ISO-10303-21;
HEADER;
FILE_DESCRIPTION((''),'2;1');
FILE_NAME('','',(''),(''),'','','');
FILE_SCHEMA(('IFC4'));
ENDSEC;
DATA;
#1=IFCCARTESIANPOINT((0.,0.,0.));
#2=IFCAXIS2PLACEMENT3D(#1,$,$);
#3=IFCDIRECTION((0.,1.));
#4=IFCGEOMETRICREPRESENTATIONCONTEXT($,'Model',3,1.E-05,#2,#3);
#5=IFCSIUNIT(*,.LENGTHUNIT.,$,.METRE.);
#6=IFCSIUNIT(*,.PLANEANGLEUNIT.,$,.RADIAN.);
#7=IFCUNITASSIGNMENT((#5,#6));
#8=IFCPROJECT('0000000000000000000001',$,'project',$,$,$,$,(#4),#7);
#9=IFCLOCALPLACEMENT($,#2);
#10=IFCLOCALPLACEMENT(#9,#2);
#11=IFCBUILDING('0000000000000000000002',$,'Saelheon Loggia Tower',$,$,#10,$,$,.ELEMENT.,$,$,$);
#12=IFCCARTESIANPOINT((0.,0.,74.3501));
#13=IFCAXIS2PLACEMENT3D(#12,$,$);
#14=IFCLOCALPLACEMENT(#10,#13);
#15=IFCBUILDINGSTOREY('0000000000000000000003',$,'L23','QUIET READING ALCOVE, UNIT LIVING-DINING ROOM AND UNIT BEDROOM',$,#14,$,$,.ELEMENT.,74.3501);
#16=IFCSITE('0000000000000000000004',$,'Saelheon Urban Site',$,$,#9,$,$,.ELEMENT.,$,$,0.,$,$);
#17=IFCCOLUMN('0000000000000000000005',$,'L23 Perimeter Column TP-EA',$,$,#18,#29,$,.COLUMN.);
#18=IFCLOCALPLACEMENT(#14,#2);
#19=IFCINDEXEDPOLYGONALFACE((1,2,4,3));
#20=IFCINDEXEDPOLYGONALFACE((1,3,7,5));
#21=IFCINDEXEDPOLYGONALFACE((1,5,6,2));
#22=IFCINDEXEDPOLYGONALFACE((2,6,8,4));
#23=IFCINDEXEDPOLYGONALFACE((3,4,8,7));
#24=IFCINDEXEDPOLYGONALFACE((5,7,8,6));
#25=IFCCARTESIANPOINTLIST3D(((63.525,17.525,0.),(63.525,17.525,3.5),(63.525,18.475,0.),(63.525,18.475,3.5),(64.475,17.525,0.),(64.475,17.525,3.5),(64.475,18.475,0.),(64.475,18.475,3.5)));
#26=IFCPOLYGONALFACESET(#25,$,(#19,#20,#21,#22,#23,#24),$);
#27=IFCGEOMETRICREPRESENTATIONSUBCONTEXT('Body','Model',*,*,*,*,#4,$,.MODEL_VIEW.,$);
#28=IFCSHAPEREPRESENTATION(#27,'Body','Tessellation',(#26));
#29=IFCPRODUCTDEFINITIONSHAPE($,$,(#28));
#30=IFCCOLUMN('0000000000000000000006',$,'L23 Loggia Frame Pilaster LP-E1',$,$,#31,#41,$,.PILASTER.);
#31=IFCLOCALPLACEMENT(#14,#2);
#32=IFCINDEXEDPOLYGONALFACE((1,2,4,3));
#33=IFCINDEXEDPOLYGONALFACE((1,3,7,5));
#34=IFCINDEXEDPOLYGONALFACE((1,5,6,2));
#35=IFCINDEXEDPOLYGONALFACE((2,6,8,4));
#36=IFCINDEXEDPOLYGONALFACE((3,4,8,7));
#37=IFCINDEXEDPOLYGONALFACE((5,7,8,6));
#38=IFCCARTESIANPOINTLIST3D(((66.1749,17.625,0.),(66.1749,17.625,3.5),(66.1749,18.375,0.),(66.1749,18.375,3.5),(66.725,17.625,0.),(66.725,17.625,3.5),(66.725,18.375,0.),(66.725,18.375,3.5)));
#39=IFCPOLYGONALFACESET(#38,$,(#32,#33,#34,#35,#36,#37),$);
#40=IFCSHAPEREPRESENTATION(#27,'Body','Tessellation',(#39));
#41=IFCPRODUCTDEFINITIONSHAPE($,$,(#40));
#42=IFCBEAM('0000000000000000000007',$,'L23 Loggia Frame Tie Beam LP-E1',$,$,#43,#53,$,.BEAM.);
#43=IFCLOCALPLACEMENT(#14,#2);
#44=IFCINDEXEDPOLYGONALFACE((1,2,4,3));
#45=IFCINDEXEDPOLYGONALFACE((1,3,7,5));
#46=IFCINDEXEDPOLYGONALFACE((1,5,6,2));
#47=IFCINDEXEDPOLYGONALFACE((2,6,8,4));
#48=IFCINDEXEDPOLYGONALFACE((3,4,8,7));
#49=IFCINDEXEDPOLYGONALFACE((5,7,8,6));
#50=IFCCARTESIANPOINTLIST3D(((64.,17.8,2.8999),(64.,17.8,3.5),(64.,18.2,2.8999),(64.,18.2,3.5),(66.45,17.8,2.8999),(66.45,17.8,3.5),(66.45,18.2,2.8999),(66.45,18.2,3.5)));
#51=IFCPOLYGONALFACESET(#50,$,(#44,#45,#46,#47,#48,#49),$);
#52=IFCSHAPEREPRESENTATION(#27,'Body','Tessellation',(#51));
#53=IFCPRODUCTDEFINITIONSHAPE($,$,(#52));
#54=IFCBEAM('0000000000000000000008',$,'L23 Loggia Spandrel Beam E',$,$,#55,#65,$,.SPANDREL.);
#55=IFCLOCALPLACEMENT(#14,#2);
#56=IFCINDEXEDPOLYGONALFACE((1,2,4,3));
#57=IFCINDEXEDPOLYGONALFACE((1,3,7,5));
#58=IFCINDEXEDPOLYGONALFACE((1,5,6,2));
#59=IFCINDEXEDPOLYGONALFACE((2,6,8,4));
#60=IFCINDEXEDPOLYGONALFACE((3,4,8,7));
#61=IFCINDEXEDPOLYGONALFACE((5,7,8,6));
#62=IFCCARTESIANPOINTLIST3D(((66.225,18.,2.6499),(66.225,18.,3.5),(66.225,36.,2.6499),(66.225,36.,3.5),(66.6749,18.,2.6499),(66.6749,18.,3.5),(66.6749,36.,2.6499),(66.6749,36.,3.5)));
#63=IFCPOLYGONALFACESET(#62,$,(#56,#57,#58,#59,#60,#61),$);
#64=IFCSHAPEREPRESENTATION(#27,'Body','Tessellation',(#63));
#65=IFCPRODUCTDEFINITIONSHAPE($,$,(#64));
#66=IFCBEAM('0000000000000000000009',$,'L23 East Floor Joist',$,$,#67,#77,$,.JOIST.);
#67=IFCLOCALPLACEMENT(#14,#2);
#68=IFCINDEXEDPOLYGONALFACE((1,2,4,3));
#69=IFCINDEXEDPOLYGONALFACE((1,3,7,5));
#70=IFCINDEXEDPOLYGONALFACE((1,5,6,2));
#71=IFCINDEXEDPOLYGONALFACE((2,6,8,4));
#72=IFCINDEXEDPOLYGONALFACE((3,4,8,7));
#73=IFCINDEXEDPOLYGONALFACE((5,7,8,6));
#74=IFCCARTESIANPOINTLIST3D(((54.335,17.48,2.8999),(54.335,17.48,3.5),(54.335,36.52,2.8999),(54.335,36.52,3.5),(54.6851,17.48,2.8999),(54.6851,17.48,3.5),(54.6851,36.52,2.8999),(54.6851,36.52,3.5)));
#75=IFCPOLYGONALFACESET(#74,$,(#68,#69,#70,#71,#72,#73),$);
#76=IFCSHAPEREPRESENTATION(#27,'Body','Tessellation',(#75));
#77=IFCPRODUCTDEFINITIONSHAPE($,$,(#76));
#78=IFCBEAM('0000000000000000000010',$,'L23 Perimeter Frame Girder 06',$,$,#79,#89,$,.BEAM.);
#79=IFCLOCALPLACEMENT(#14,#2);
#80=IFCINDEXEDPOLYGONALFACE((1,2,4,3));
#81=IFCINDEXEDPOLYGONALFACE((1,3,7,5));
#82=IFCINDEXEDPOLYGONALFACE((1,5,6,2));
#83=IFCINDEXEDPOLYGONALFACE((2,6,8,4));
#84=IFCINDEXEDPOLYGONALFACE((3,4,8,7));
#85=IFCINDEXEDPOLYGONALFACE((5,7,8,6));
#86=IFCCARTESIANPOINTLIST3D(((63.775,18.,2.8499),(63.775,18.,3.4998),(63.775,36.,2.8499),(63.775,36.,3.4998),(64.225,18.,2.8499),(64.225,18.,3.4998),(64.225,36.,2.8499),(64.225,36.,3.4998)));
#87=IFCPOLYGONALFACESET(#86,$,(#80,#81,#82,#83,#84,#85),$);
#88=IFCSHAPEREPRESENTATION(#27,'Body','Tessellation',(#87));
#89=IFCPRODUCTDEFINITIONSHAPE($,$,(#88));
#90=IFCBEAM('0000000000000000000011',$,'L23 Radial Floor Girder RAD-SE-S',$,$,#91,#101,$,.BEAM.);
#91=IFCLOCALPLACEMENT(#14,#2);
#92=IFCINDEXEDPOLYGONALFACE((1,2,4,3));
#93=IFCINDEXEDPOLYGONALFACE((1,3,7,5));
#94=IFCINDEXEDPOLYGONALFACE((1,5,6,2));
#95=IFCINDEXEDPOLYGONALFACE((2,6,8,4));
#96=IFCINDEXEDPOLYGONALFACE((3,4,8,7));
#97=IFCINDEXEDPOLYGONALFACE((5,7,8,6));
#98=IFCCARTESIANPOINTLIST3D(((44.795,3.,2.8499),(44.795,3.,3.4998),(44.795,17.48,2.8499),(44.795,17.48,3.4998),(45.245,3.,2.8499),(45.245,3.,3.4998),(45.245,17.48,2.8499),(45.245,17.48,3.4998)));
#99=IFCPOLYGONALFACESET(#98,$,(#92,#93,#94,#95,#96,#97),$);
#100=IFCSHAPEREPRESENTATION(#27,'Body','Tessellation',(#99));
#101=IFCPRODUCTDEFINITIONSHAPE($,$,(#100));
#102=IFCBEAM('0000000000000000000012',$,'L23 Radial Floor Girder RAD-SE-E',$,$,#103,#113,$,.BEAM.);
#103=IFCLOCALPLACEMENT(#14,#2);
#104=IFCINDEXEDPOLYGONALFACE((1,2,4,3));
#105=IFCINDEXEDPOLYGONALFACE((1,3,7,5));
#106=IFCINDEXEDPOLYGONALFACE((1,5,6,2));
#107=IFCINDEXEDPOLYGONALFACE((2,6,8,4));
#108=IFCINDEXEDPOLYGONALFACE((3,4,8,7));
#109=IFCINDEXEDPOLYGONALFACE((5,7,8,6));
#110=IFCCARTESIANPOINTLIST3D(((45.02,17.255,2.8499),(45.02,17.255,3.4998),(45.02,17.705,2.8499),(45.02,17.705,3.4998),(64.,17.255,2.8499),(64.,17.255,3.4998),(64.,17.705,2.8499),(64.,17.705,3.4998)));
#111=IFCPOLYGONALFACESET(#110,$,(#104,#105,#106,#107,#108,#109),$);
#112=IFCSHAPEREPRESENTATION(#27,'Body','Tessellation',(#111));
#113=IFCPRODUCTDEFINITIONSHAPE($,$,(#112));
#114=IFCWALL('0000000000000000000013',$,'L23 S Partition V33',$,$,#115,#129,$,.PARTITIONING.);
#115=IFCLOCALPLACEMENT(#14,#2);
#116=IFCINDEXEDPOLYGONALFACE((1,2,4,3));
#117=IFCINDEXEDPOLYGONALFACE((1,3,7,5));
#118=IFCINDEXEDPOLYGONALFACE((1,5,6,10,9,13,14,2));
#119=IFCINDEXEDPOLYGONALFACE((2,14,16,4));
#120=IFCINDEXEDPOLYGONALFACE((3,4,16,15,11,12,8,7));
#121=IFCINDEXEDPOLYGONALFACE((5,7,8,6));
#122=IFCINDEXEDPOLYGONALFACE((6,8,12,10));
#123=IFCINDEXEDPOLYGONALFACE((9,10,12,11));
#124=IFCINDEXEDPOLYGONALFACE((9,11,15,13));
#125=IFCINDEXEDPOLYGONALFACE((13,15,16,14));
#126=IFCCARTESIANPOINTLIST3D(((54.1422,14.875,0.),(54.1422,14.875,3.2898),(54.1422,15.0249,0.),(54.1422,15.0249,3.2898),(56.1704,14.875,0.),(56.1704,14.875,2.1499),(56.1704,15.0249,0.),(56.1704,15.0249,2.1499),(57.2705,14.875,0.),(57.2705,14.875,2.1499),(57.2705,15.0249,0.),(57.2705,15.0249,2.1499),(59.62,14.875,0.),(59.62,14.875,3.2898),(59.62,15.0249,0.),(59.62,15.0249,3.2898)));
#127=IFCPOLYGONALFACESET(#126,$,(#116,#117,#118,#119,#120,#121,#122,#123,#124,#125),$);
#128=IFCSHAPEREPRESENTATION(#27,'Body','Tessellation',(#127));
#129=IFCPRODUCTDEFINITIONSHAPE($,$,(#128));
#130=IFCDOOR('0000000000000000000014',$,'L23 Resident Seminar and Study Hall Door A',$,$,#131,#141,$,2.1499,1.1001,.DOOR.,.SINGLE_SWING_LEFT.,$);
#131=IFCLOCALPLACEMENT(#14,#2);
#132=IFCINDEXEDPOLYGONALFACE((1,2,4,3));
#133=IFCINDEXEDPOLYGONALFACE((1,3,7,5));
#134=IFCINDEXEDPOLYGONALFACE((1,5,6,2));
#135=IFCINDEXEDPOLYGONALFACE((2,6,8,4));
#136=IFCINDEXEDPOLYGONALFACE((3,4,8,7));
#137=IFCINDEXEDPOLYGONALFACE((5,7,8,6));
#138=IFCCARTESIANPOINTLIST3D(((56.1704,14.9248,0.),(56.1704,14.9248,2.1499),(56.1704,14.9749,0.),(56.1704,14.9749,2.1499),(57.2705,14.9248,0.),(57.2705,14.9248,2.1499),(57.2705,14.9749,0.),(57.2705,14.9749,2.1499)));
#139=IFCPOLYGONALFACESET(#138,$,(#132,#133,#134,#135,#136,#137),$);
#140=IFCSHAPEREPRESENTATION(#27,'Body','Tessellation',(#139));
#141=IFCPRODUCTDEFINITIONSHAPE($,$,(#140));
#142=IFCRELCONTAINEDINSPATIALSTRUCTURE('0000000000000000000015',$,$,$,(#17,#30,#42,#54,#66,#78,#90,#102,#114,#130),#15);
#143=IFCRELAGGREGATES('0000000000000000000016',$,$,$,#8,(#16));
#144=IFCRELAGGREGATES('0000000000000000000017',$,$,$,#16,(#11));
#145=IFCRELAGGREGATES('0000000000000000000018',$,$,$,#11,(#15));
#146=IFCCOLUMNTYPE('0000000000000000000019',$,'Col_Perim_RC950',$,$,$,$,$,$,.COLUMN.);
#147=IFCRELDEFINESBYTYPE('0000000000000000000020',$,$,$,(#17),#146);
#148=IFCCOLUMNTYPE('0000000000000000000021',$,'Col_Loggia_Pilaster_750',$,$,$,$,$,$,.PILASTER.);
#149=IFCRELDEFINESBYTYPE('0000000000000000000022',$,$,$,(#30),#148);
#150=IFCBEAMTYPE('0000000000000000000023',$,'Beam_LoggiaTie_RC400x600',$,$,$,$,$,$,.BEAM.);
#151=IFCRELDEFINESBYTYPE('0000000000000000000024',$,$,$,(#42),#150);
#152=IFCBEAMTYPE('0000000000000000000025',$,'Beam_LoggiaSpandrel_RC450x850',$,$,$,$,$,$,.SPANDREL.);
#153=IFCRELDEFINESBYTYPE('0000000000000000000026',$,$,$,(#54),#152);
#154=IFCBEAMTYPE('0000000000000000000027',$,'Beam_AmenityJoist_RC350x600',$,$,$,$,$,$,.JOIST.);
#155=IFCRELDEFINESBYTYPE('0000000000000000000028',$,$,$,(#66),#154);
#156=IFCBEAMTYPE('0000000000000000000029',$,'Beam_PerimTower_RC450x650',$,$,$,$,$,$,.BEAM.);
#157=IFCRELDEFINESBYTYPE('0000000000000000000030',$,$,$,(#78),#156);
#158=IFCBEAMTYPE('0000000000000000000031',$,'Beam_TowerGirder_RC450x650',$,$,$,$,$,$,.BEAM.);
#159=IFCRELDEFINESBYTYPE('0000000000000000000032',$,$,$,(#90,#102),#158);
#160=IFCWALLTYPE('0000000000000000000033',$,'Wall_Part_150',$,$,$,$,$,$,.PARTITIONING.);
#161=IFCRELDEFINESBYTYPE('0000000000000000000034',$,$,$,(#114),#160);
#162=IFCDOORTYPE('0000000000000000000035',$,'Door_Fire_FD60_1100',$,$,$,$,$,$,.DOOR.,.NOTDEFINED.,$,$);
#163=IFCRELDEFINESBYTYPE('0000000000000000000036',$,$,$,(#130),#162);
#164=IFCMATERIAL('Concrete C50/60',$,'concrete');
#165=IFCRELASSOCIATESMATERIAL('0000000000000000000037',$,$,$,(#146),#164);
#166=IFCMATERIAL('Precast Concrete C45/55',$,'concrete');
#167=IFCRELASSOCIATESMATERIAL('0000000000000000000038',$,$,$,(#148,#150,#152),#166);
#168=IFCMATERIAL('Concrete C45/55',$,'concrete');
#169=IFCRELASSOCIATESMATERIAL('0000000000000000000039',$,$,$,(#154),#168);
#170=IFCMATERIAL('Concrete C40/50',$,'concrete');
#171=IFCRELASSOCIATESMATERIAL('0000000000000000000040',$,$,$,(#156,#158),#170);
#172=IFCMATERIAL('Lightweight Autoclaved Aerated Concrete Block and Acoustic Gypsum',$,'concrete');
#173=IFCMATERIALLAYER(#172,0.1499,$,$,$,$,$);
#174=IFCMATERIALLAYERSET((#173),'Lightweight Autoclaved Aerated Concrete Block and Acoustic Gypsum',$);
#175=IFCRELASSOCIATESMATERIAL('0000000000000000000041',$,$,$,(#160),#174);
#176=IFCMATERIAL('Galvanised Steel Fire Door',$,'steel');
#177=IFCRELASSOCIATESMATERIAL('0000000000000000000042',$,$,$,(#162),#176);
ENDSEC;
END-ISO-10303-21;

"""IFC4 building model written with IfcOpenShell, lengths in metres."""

from ifc_helpers import new_model, si_unit, direction, frame, frame_2d, origin, origin_2d, place, context, subcontext, project, spatial, rectangle, extrude, source, transform, mapped, material, layer, layer_set, material_profile, profile_set, type_object, element, fill, save


model = new_model("IFC4")

# Units and contexts
model_context = context("Model", 3, precision=1e-05, world=origin(), true_north=direction((0.0, 1.0)))
body_context = subcontext(model_context, "Body", "Model", "MODEL_VIEW")
ifc_project = project(units=[si_unit("LENGTHUNIT", "METRE"), si_unit("PLANEANGLEUNIT", "RADIAN")], contexts=[model_context])

# Site, building, storey
site_placement = place(None, origin())
site = spatial("IfcSite", under=ifc_project, at=site_placement, Name="Saelheon Urban Site", CompositionType="ELEMENT", RefElevation=0.0)
building_placement = place(site_placement, origin())
building = spatial("IfcBuilding", under=site, at=building_placement, Name="Saelheon Loggia Tower", CompositionType="ELEMENT")
storey_placement = place(building_placement, frame((0.0, 0.0, 74.3501)))
storey = spatial("IfcBuildingStorey", under=building, at=storey_placement, Name="L23", Description="QUIET READING ALCOVE, UNIT LIVING-DINING ROOM AND UNIT BEDROOM", CompositionType="ELEMENT", Elevation=74.3501)

# Columns
ifc_material_1 = material(Name="Concrete C50/60", Category="concrete")
ifc_material_profile_1 = material_profile(ifc_material_1, rectangle(XDim=0.95, YDim=0.95, at=origin_2d()), Name="RC-950x950")
ifc_profile_set_1 = profile_set([ifc_material_profile_1], Name="Concrete C50/60")
column_type_1 = type_object("IfcColumnType", Name="Col_Perim_RC950", PredefinedType="COLUMN", material=ifc_profile_set_1)
shared_shape_1 = source(origin(), body_context, "Body", "SweptSolid", [
    extrude(rectangle(XDim=0.95, YDim=0.95, at=origin_2d()), origin(), (0.0, 0.0, 1.0), 3.5),
])
column_1_placement = place(storey_placement, frame((64.0, 18.0, 0.0), z_axis=(0.0, 0.0, 1.0), x_axis=(1.0, 0.0, 0.0)))
element("IfcColumn", 1, at=column_1_placement, inside=storey, type_object=column_type_1, Name="L23 Perimeter Column TP-EA", PredefinedType="COLUMN", context=body_context, shape_type="MappedRepresentation", body=[
    mapped(shared_shape_1, transform((0.0, 0.0, 0.0), scale=1.0)),
])
ifc_material_2 = material(Name="Precast Concrete C45/55", Category="concrete")
ifc_material_profile_2 = material_profile(ifc_material_2, rectangle(XDim=0.55, YDim=0.75, at=origin_2d()), Name="RC-550x750")
ifc_profile_set_2 = profile_set([ifc_material_profile_2], Name="Precast Concrete C45/55")
column_type_2 = type_object("IfcColumnType", Name="Col_Loggia_Pilaster_750", PredefinedType="PILASTER", material=ifc_profile_set_2)
shared_shape_2 = source(origin(), body_context, "Body", "SweptSolid", [
    extrude(rectangle(XDim=0.55, YDim=0.75, at=origin_2d()), origin(), (0.0, 0.0, 1.0), 3.5),
])
column_2_placement = place(storey_placement, frame((66.45, 18.0, 0.0), z_axis=(0.0, 0.0, 1.0), x_axis=(1.0, 0.0, 0.0)))
element("IfcColumn", 2, at=column_2_placement, inside=storey, type_object=column_type_2, Name="L23 Loggia Frame Pilaster LP-E1", PredefinedType="PILASTER", context=body_context, shape_type="MappedRepresentation", body=[
    mapped(shared_shape_2, transform((0.0, 0.0, 0.0), scale=1.0)),
])

# Beams
ifc_material_profile_3 = material_profile(ifc_material_2, rectangle(XDim=0.3999, YDim=0.6001, at=origin_2d()), Name="RC-400x600")
ifc_profile_set_3 = profile_set([ifc_material_profile_3], Name="Precast Concrete C45/55")
beam_type_1 = type_object("IfcBeamType", Name="Beam_LoggiaTie_RC400x600", PredefinedType="BEAM", material=ifc_profile_set_3)
shared_shape_3 = source(origin(), body_context, "Body", "SweptSolid", [
    extrude(rectangle(XDim=0.3999, YDim=0.6001, at=origin_2d()), origin(), (0.0, 0.0, 1.0), 2.45),
])
beam_1_placement = place(storey_placement, frame((64.0, 18.0, 3.2), z_axis=(1.0, 0.0, 0.0), x_axis=(0.0, 1.0, 0.0)))
element("IfcBeam", 3, at=beam_1_placement, inside=storey, type_object=beam_type_1, Name="L23 Loggia Frame Tie Beam LP-E1", PredefinedType="BEAM", context=body_context, shape_type="MappedRepresentation", body=[
    mapped(shared_shape_3, transform((0.0, 0.0, 0.0), scale=1.0)),
])
ifc_material_profile_4 = material_profile(ifc_material_2, rectangle(XDim=0.45, YDim=0.8501, at=origin_2d()), Name="RC-450x850")
ifc_profile_set_4 = profile_set([ifc_material_profile_4], Name="Precast Concrete C45/55")
beam_type_2 = type_object("IfcBeamType", Name="Beam_LoggiaSpandrel_RC450x850", PredefinedType="SPANDREL", material=ifc_profile_set_4)
shared_shape_4 = source(origin(), body_context, "Body", "SweptSolid", [
    extrude(rectangle(XDim=0.45, YDim=0.8501, at=origin_2d()), origin(), (0.0, 0.0, 1.0), 18.0),
])
beam_2_placement = place(storey_placement, frame((66.45, 18.0, 3.075), z_axis=(0.0, 1.0, 0.0), x_axis=(-1.0, 0.0, 0.0)))
element("IfcBeam", 4, at=beam_2_placement, inside=storey, type_object=beam_type_2, Name="L23 Loggia Spandrel Beam E", PredefinedType="SPANDREL", context=body_context, shape_type="MappedRepresentation", body=[
    mapped(shared_shape_4, transform((0.0, 0.0, 0.0), scale=1.0)),
])
ifc_material_3 = material(Name="Concrete C45/55", Category="concrete")
ifc_material_profile_5 = material_profile(ifc_material_3, rectangle(XDim=0.3501, YDim=0.6001, at=origin_2d()), Name="RC-350x600")
ifc_profile_set_5 = profile_set([ifc_material_profile_5], Name="Concrete C45/55")
beam_type_3 = type_object("IfcBeamType", Name="Beam_AmenityJoist_RC350x600", PredefinedType="JOIST", material=ifc_profile_set_5)
shared_shape_5 = source(origin(), body_context, "Body", "SweptSolid", [
    extrude(rectangle(XDim=0.3501, YDim=0.6001, at=origin_2d()), origin(), (0.0, 0.0, 1.0), 19.04),
])
beam_3_placement = place(storey_placement, frame((54.51, 17.48, 3.2), z_axis=(0.0, 1.0, 0.0), x_axis=(-1.0, 0.0, 0.0)))
element("IfcBeam", 5, at=beam_3_placement, inside=storey, type_object=beam_type_3, Name="L23 East Floor Joist", PredefinedType="JOIST", context=body_context, shape_type="MappedRepresentation", body=[
    mapped(shared_shape_5, transform((0.0, 0.0, 0.0), scale=1.0)),
])
ifc_material_4 = material(Name="Concrete C40/50", Category="concrete")
ifc_material_profile_6 = material_profile(ifc_material_4, rectangle(XDim=0.45, YDim=0.6499, at=origin_2d()), Name="RC-450x650")
ifc_profile_set_6 = profile_set([ifc_material_profile_6], Name="Concrete C40/50")
beam_type_4 = type_object("IfcBeamType", Name="Beam_PerimTower_RC450x650", PredefinedType="BEAM", material=ifc_profile_set_6)
shared_shape_6 = source(origin(), body_context, "Body", "SweptSolid", [
    extrude(rectangle(XDim=0.45, YDim=0.6499, at=origin_2d()), origin(), (0.0, 0.0, 1.0), 18.0),
])
beam_4_placement = place(storey_placement, frame((64.0, 18.0, 3.1748), z_axis=(0.0, 1.0, 0.0), x_axis=(-1.0, 0.0, 0.0)))
element("IfcBeam", 6, at=beam_4_placement, inside=storey, type_object=beam_type_4, Name="L23 Perimeter Frame Girder 06", PredefinedType="BEAM", context=body_context, shape_type="MappedRepresentation", body=[
    mapped(shared_shape_6, transform((0.0, 0.0, 0.0), scale=1.0)),
])
ifc_material_profile_7 = material_profile(ifc_material_4, rectangle(XDim=0.45, YDim=0.6499, at=origin_2d()), Name="RC-450x650")
ifc_profile_set_7 = profile_set([ifc_material_profile_7], Name="Concrete C40/50")
beam_type_5 = type_object("IfcBeamType", Name="Beam_TowerGirder_RC450x650", PredefinedType="BEAM", material=ifc_profile_set_7)
shared_shape_7 = source(origin(), body_context, "Body", "SweptSolid", [
    extrude(rectangle(XDim=0.45, YDim=0.6499, at=origin_2d()), origin(), (0.0, 0.0, 1.0), 14.48),
])
beam_5_placement = place(storey_placement, frame((45.02, 17.48, 3.1748), z_axis=(0.0, -1.0, 0.0), x_axis=(1.0, 0.0, 0.0)))
element("IfcBeam", 7, at=beam_5_placement, inside=storey, type_object=beam_type_5, Name="L23 Radial Floor Girder RAD-SE-S", PredefinedType="BEAM", context=body_context, shape_type="MappedRepresentation", body=[
    mapped(shared_shape_7, transform((0.0, 0.0, 0.0), scale=1.0)),
])
shared_shape_8 = source(origin(), body_context, "Body", "SweptSolid", [
    extrude(rectangle(XDim=0.45, YDim=0.6499, at=origin_2d()), origin(), (0.0, 0.0, 1.0), 18.98),
])
beam_6_placement = place(storey_placement, frame((45.02, 17.48, 3.1748), z_axis=(1.0, 0.0, 0.0), x_axis=(0.0, 1.0, 0.0)))
element("IfcBeam", 8, at=beam_6_placement, inside=storey, type_object=beam_type_5, Name="L23 Radial Floor Girder RAD-SE-E", PredefinedType="BEAM", context=body_context, shape_type="MappedRepresentation", body=[
    mapped(shared_shape_8, transform((0.0, 0.0, 0.0), scale=1.0)),
])

# Wall, opening, door
ifc_material_5 = material(Name="Lightweight Autoclaved Aerated Concrete Block and Acoustic Gypsum", Category="concrete")
ifc_layer_1 = layer(ifc_material_5, 0.1499)
ifc_layer_set_1 = layer_set([ifc_layer_1], Name="Lightweight Autoclaved Aerated Concrete Block and Acoustic Gypsum")
wall_type_1 = type_object("IfcWallType", Name="Wall_Part_150", PredefinedType="PARTITIONING", material=ifc_layer_set_1)
wall_1_placement = place(storey_placement, frame((54.1423, 14.95, 0.0), z_axis=(0.0, 0.0, 1.0), x_axis=(1.0, 0.0, 0.0)))
wall_1 = element("IfcWall", 9, at=wall_1_placement, inside=storey, type_object=wall_type_1, Name="L23 S Partition V33", PredefinedType="PARTITIONING", context=body_context, shape_type="SweptSolid", body=[
    extrude(rectangle(XDim=5.4778, YDim=0.1499, at=frame_2d((2.7388, 0.0))), origin(), (0.0, 0.0, 1.0), 3.2898),
])
opening_1_placement = place(wall_1_placement, frame((2.0281, 0.0, 0.0)))
opening_1 = element("IfcOpeningElement", 10, at=opening_1_placement, cuts=wall_1, PredefinedType="OPENING", context=body_context, shape_type="SweptSolid", body=[
    extrude(rectangle(XDim=1.1001, YDim=2.1499, at=frame_2d((0.55, 1.075))), frame((0.0, 0.0869, 0.0), z_axis=(0.0, -1.0, 0.0), x_axis=(1.0, 0.0, 0.0)), (0.0, 0.0, 1.0), 0.1738),
])
ifc_material_6 = material(Name="Galvanised Steel Fire Door", Category="steel")
door_type = type_object("IfcDoorType", Name="Door_Fire_FD60_1100", OperationType="NOTDEFINED", PredefinedType="DOOR", material=ifc_material_6)
shared_shape_9 = source(origin(), body_context, "Body", "SweptSolid", [
    extrude(rectangle(XDim=1.1001, YDim=2.1499, at=frame_2d((0.55, 1.075))), frame((0.0, 0.0249, 0.0), z_axis=(0.0, -1.0, 0.0), x_axis=(1.0, 0.0, 0.0)), (0.0, 0.0, 1.0), 0.05),
])
door_1_placement = place(opening_1_placement, origin())
door_1 = element("IfcDoor", 11, at=door_1_placement, inside=storey, type_object=door_type, Name="L23 Resident Seminar and Study Hall Door A", OperationType="SINGLE_SWING_LEFT", OverallHeight=2.1499, OverallWidth=1.1001, PredefinedType="DOOR", context=body_context, shape_type="MappedRepresentation", body=[
    mapped(shared_shape_9, transform((0.0, 0.0, 0.0), scale=1.0)),
])
fill(opening_1, door_1)

save(model, "model.ifc")
